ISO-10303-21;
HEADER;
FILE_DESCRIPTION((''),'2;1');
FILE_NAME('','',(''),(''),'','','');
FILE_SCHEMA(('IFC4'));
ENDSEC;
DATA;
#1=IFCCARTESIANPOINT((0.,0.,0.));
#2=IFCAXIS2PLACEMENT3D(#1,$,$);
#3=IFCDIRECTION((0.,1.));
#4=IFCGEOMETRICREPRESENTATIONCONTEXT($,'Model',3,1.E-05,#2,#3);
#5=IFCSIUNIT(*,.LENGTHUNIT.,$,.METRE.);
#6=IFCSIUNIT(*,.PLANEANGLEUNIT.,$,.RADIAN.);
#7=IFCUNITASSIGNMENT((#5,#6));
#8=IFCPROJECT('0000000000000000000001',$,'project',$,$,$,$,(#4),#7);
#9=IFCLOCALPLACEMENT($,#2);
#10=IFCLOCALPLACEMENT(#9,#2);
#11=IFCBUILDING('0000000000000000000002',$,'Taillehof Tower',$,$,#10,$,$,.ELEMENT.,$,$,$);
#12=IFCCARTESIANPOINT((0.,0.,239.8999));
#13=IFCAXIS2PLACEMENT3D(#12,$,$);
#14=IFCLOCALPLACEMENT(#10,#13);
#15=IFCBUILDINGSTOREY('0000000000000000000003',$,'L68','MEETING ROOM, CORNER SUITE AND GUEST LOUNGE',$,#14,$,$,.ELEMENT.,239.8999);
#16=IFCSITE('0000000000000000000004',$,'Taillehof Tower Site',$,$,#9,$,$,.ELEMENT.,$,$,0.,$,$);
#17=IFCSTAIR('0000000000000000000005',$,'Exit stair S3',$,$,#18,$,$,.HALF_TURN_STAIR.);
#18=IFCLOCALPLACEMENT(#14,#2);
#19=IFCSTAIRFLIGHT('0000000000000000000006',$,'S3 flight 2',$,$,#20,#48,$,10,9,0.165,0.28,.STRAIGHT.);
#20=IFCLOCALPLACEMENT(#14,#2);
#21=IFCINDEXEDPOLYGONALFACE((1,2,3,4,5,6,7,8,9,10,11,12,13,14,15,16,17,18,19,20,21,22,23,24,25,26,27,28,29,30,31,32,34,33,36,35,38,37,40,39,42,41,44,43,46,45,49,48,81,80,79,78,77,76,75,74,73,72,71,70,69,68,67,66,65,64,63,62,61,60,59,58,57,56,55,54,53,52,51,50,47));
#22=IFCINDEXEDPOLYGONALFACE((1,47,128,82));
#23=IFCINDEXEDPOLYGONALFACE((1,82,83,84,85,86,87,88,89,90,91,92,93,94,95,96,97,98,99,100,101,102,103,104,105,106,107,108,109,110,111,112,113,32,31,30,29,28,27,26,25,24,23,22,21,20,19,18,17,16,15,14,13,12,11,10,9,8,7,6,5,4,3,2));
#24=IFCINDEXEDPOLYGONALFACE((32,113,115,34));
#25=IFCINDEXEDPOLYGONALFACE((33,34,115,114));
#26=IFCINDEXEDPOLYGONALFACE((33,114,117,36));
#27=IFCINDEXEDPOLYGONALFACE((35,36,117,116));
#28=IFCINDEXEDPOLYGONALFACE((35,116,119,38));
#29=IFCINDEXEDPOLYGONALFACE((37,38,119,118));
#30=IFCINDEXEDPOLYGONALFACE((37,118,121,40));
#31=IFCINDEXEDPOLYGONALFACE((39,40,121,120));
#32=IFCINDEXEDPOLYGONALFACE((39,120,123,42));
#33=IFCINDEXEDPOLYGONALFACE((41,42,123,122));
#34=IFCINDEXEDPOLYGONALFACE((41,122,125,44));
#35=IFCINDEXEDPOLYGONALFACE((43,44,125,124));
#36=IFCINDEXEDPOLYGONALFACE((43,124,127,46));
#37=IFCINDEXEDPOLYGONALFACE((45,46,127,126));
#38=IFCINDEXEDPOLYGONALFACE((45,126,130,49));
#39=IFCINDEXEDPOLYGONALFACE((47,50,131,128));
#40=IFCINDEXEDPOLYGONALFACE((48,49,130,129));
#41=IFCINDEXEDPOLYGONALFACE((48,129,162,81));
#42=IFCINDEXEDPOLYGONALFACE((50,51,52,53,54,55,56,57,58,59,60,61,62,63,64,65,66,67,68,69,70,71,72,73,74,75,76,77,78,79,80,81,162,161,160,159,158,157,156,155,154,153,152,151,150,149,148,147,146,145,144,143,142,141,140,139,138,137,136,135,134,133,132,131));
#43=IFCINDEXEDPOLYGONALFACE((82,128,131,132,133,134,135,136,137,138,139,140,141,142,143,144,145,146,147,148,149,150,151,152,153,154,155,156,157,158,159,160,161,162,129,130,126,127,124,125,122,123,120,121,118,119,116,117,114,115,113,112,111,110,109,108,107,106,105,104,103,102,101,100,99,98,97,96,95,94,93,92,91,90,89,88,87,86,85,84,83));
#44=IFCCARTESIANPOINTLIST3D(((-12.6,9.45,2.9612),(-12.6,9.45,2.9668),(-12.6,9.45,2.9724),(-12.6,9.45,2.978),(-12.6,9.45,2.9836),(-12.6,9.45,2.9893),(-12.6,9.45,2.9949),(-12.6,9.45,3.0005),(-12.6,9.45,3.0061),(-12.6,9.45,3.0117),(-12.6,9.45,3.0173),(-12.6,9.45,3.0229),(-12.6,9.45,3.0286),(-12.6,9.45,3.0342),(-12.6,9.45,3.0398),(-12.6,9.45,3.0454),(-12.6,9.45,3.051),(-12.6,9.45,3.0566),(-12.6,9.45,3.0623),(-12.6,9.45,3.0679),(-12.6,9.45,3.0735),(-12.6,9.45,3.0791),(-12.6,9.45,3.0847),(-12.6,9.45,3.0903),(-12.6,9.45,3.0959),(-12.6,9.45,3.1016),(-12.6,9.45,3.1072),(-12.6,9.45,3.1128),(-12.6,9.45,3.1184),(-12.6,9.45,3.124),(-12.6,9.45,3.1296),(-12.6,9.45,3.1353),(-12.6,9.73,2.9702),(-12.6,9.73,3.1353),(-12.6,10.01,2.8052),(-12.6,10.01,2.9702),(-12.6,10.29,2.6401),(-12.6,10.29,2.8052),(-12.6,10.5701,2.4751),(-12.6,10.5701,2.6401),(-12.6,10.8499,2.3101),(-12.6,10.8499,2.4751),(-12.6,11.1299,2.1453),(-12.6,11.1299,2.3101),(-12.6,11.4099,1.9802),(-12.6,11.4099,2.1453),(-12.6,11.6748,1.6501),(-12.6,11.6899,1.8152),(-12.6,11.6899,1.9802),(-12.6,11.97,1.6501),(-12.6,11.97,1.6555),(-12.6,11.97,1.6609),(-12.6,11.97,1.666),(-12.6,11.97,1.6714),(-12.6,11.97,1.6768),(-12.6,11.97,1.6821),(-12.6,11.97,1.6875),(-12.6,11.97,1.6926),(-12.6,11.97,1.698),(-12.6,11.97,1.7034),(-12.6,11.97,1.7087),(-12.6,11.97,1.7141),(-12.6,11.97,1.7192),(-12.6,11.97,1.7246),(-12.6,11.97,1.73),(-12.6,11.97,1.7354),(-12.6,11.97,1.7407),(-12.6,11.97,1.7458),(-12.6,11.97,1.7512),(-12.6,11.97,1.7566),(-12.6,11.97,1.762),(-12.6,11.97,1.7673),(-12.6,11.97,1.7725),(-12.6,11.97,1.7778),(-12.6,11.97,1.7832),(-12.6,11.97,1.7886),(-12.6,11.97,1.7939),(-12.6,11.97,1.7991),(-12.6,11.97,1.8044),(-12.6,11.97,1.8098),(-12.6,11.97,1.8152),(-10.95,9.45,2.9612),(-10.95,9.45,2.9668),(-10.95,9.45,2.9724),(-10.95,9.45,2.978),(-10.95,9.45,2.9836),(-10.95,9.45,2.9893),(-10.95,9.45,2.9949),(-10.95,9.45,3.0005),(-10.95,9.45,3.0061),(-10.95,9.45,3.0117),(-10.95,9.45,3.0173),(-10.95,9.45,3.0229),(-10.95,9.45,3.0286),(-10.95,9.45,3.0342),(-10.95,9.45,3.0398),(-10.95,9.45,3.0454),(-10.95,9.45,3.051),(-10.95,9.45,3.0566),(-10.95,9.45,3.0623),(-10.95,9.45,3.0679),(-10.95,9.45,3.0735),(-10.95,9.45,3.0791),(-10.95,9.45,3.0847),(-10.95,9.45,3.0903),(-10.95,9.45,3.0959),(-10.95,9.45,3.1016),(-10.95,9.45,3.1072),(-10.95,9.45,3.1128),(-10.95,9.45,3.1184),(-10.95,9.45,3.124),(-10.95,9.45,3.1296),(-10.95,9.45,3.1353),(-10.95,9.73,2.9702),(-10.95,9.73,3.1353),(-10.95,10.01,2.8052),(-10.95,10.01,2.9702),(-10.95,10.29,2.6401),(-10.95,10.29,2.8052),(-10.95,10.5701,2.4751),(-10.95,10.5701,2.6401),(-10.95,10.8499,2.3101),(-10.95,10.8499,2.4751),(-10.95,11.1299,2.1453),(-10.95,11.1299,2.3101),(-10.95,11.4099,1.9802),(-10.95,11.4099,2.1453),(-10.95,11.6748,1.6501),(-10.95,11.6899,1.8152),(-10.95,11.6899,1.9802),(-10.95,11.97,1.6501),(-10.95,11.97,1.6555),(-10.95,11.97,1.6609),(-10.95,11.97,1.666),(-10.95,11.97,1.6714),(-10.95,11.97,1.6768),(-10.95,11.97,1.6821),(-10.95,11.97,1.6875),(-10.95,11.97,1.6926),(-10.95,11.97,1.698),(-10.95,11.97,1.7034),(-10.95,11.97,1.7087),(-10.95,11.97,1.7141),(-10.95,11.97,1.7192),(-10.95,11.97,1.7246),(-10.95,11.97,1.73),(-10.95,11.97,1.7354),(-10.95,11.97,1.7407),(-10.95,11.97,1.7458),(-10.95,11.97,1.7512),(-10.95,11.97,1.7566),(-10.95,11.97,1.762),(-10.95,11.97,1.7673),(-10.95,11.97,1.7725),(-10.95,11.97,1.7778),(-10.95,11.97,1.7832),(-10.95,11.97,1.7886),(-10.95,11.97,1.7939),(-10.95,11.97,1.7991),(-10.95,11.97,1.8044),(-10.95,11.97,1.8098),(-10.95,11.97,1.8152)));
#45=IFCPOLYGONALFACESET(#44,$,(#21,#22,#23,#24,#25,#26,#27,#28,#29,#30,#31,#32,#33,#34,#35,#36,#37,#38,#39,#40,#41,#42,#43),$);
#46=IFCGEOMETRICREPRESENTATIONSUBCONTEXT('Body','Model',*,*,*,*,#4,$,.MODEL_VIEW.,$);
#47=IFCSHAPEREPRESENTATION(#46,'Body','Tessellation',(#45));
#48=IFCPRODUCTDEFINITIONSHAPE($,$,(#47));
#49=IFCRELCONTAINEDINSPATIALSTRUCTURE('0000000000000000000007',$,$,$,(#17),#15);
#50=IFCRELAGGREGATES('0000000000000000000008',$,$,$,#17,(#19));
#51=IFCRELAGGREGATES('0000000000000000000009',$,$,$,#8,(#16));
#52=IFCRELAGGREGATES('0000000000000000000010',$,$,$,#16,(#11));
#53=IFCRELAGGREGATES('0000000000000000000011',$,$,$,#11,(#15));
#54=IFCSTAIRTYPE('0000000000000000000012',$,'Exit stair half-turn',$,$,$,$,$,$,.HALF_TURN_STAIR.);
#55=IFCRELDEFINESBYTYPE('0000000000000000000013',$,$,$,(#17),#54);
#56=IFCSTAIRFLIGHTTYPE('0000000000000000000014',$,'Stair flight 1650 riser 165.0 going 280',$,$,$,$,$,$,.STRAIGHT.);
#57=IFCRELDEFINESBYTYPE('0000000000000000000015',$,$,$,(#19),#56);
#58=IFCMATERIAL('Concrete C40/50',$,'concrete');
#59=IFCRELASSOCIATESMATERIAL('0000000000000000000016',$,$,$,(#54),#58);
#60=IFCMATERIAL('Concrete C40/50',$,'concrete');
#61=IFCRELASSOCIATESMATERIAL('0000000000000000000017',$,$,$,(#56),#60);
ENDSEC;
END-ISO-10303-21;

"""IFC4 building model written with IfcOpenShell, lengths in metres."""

from ifc_helpers import new_model, si_unit, direction, frame, origin, place, context, subcontext, project, spatial, polyline, outline, extrude, material, type_object, element, aggregate, save


model = new_model("IFC4")

# Units and contexts
model_context = context("Model", 3, precision=1e-05, world=origin(), true_north=direction((0.0, 1.0)))
body_context = subcontext(model_context, "Body", "Model", "MODEL_VIEW")
ifc_project = project(units=[si_unit("LENGTHUNIT", "METRE"), si_unit("PLANEANGLEUNIT", "RADIAN")], contexts=[model_context])

# Site, building, storey
site_placement = place(None, origin())
site = spatial("IfcSite", under=ifc_project, at=site_placement, Name="Taillehof Tower Site", CompositionType="ELEMENT", RefElevation=0.0)
building_placement = place(site_placement, origin())
building = spatial("IfcBuilding", under=site, at=building_placement, Name="Taillehof Tower", CompositionType="ELEMENT")
storey_placement = place(building_placement, frame((0.0, 0.0, 239.8999)))
storey = spatial("IfcBuildingStorey", under=building, at=storey_placement, Name="L68", Description="MEETING ROOM, CORNER SUITE AND GUEST LOUNGE", CompositionType="ELEMENT", Elevation=239.8999)

# Stair, stair flight
ifc_material_1 = material(Name="Concrete C40/50", Category="concrete")
stair_type = type_object("IfcStairType", Name="Exit stair half-turn", PredefinedType="HALF_TURN_STAIR", material=ifc_material_1)
stair_placement = place(storey_placement, origin())
stair = element("IfcStair", 1, at=stair_placement, inside=storey, type_object=stair_type, Name="Exit stair S3", PredefinedType="HALF_TURN_STAIR")
ifc_material_2 = material(Name="Concrete C40/50", Category="concrete")
stair_flight_type = type_object("IfcStairFlightType", Name="Stair flight 1650 riser 165.0 going 280", PredefinedType="STRAIGHT", material=ifc_material_2)
stair_flight_1_placement = place(storey_placement, frame((-11.7749, 11.97, 1.6501), z_axis=(0.0, 0.0, 1.0), x_axis=(0.0, -1.0, 0.0)))
stair_flight_1 = element("IfcStairFlight", 2, at=stair_flight_1_placement, type_object=stair_flight_type, Name="S3 flight 2", NumberOfRisers=10, NumberOfTreads=9, PredefinedType="STRAIGHT", RiserHeight=0.165, TreadLength=0.28, context=body_context, shape_type="SweptSolid", body=[
    extrude(outline(polyline([(0.0, 0.0), (0.0, 0.0054), (0.0, 0.0107), (0.0, 0.0159), (0.0, 0.0212), (0.0, 0.0266), (0.0, 0.032), (0.0, 0.0374), (0.0, 0.0425), (0.0, 0.0479), (0.0, 0.0532), (0.0, 0.0586), (0.0, 0.064), (0.0, 0.0691), (0.0, 0.0745), (0.0, 0.0798), (0.0, 0.0852), (0.0, 0.0906), (0.0, 0.0957), (0.0, 0.1011), (0.0, 0.1064), (0.0, 0.1118), (0.0, 0.1172), (0.0, 0.1223), (0.0, 0.1277), (0.0, 0.1331), (0.0, 0.1384), (0.0, 0.1438), (0.0, 0.1489), (0.0, 0.1543), (0.0, 0.1597), (0.0, 0.165), (0.28, 0.165), (0.28, 0.3301), (0.5601, 0.3301), (0.5601, 0.4951), (0.8401, 0.4951), (0.8401, 0.6599), (1.1201, 0.6599), (1.1201, 0.825), (1.3999, 0.825), (1.3999, 0.99), (1.6799, 0.99), (1.6799, 1.155), (1.96, 1.155), (1.96, 1.3201), (2.24, 1.3201), (2.24, 1.4851), (2.52, 1.4851), (2.52, 1.4795), (2.52, 1.4739), (2.52, 1.4683), (2.52, 1.4626), (2.52, 1.457), (2.52, 1.4514), (2.52, 1.4458), (2.52, 1.4402), (2.52, 1.4346), (2.52, 1.429), (2.52, 1.4233), (2.52, 1.4177), (2.52, 1.4121), (2.52, 1.4065), (2.52, 1.4009), (2.52, 1.3953), (2.52, 1.3896), (2.52, 1.384), (2.52, 1.3784), (2.52, 1.3728), (2.52, 1.3672), (2.52, 1.3616), (2.52, 1.356), (2.52, 1.3503), (2.52, 1.3447), (2.52, 1.3391), (2.52, 1.3335), (2.52, 1.3279), (2.52, 1.3223), (2.52, 1.3167), (2.52, 1.311), (0.2952, 0.0), (0.0, 0.0)])), frame((0.0, 0.825, 0.0), z_axis=(0.0, -1.0, 0.0), x_axis=(1.0, 0.0, 0.0)), (0.0, 0.0, 1.0), 1.65),
])
aggregate(stair, [stair_flight_1])

save(model, "model.ifc")
